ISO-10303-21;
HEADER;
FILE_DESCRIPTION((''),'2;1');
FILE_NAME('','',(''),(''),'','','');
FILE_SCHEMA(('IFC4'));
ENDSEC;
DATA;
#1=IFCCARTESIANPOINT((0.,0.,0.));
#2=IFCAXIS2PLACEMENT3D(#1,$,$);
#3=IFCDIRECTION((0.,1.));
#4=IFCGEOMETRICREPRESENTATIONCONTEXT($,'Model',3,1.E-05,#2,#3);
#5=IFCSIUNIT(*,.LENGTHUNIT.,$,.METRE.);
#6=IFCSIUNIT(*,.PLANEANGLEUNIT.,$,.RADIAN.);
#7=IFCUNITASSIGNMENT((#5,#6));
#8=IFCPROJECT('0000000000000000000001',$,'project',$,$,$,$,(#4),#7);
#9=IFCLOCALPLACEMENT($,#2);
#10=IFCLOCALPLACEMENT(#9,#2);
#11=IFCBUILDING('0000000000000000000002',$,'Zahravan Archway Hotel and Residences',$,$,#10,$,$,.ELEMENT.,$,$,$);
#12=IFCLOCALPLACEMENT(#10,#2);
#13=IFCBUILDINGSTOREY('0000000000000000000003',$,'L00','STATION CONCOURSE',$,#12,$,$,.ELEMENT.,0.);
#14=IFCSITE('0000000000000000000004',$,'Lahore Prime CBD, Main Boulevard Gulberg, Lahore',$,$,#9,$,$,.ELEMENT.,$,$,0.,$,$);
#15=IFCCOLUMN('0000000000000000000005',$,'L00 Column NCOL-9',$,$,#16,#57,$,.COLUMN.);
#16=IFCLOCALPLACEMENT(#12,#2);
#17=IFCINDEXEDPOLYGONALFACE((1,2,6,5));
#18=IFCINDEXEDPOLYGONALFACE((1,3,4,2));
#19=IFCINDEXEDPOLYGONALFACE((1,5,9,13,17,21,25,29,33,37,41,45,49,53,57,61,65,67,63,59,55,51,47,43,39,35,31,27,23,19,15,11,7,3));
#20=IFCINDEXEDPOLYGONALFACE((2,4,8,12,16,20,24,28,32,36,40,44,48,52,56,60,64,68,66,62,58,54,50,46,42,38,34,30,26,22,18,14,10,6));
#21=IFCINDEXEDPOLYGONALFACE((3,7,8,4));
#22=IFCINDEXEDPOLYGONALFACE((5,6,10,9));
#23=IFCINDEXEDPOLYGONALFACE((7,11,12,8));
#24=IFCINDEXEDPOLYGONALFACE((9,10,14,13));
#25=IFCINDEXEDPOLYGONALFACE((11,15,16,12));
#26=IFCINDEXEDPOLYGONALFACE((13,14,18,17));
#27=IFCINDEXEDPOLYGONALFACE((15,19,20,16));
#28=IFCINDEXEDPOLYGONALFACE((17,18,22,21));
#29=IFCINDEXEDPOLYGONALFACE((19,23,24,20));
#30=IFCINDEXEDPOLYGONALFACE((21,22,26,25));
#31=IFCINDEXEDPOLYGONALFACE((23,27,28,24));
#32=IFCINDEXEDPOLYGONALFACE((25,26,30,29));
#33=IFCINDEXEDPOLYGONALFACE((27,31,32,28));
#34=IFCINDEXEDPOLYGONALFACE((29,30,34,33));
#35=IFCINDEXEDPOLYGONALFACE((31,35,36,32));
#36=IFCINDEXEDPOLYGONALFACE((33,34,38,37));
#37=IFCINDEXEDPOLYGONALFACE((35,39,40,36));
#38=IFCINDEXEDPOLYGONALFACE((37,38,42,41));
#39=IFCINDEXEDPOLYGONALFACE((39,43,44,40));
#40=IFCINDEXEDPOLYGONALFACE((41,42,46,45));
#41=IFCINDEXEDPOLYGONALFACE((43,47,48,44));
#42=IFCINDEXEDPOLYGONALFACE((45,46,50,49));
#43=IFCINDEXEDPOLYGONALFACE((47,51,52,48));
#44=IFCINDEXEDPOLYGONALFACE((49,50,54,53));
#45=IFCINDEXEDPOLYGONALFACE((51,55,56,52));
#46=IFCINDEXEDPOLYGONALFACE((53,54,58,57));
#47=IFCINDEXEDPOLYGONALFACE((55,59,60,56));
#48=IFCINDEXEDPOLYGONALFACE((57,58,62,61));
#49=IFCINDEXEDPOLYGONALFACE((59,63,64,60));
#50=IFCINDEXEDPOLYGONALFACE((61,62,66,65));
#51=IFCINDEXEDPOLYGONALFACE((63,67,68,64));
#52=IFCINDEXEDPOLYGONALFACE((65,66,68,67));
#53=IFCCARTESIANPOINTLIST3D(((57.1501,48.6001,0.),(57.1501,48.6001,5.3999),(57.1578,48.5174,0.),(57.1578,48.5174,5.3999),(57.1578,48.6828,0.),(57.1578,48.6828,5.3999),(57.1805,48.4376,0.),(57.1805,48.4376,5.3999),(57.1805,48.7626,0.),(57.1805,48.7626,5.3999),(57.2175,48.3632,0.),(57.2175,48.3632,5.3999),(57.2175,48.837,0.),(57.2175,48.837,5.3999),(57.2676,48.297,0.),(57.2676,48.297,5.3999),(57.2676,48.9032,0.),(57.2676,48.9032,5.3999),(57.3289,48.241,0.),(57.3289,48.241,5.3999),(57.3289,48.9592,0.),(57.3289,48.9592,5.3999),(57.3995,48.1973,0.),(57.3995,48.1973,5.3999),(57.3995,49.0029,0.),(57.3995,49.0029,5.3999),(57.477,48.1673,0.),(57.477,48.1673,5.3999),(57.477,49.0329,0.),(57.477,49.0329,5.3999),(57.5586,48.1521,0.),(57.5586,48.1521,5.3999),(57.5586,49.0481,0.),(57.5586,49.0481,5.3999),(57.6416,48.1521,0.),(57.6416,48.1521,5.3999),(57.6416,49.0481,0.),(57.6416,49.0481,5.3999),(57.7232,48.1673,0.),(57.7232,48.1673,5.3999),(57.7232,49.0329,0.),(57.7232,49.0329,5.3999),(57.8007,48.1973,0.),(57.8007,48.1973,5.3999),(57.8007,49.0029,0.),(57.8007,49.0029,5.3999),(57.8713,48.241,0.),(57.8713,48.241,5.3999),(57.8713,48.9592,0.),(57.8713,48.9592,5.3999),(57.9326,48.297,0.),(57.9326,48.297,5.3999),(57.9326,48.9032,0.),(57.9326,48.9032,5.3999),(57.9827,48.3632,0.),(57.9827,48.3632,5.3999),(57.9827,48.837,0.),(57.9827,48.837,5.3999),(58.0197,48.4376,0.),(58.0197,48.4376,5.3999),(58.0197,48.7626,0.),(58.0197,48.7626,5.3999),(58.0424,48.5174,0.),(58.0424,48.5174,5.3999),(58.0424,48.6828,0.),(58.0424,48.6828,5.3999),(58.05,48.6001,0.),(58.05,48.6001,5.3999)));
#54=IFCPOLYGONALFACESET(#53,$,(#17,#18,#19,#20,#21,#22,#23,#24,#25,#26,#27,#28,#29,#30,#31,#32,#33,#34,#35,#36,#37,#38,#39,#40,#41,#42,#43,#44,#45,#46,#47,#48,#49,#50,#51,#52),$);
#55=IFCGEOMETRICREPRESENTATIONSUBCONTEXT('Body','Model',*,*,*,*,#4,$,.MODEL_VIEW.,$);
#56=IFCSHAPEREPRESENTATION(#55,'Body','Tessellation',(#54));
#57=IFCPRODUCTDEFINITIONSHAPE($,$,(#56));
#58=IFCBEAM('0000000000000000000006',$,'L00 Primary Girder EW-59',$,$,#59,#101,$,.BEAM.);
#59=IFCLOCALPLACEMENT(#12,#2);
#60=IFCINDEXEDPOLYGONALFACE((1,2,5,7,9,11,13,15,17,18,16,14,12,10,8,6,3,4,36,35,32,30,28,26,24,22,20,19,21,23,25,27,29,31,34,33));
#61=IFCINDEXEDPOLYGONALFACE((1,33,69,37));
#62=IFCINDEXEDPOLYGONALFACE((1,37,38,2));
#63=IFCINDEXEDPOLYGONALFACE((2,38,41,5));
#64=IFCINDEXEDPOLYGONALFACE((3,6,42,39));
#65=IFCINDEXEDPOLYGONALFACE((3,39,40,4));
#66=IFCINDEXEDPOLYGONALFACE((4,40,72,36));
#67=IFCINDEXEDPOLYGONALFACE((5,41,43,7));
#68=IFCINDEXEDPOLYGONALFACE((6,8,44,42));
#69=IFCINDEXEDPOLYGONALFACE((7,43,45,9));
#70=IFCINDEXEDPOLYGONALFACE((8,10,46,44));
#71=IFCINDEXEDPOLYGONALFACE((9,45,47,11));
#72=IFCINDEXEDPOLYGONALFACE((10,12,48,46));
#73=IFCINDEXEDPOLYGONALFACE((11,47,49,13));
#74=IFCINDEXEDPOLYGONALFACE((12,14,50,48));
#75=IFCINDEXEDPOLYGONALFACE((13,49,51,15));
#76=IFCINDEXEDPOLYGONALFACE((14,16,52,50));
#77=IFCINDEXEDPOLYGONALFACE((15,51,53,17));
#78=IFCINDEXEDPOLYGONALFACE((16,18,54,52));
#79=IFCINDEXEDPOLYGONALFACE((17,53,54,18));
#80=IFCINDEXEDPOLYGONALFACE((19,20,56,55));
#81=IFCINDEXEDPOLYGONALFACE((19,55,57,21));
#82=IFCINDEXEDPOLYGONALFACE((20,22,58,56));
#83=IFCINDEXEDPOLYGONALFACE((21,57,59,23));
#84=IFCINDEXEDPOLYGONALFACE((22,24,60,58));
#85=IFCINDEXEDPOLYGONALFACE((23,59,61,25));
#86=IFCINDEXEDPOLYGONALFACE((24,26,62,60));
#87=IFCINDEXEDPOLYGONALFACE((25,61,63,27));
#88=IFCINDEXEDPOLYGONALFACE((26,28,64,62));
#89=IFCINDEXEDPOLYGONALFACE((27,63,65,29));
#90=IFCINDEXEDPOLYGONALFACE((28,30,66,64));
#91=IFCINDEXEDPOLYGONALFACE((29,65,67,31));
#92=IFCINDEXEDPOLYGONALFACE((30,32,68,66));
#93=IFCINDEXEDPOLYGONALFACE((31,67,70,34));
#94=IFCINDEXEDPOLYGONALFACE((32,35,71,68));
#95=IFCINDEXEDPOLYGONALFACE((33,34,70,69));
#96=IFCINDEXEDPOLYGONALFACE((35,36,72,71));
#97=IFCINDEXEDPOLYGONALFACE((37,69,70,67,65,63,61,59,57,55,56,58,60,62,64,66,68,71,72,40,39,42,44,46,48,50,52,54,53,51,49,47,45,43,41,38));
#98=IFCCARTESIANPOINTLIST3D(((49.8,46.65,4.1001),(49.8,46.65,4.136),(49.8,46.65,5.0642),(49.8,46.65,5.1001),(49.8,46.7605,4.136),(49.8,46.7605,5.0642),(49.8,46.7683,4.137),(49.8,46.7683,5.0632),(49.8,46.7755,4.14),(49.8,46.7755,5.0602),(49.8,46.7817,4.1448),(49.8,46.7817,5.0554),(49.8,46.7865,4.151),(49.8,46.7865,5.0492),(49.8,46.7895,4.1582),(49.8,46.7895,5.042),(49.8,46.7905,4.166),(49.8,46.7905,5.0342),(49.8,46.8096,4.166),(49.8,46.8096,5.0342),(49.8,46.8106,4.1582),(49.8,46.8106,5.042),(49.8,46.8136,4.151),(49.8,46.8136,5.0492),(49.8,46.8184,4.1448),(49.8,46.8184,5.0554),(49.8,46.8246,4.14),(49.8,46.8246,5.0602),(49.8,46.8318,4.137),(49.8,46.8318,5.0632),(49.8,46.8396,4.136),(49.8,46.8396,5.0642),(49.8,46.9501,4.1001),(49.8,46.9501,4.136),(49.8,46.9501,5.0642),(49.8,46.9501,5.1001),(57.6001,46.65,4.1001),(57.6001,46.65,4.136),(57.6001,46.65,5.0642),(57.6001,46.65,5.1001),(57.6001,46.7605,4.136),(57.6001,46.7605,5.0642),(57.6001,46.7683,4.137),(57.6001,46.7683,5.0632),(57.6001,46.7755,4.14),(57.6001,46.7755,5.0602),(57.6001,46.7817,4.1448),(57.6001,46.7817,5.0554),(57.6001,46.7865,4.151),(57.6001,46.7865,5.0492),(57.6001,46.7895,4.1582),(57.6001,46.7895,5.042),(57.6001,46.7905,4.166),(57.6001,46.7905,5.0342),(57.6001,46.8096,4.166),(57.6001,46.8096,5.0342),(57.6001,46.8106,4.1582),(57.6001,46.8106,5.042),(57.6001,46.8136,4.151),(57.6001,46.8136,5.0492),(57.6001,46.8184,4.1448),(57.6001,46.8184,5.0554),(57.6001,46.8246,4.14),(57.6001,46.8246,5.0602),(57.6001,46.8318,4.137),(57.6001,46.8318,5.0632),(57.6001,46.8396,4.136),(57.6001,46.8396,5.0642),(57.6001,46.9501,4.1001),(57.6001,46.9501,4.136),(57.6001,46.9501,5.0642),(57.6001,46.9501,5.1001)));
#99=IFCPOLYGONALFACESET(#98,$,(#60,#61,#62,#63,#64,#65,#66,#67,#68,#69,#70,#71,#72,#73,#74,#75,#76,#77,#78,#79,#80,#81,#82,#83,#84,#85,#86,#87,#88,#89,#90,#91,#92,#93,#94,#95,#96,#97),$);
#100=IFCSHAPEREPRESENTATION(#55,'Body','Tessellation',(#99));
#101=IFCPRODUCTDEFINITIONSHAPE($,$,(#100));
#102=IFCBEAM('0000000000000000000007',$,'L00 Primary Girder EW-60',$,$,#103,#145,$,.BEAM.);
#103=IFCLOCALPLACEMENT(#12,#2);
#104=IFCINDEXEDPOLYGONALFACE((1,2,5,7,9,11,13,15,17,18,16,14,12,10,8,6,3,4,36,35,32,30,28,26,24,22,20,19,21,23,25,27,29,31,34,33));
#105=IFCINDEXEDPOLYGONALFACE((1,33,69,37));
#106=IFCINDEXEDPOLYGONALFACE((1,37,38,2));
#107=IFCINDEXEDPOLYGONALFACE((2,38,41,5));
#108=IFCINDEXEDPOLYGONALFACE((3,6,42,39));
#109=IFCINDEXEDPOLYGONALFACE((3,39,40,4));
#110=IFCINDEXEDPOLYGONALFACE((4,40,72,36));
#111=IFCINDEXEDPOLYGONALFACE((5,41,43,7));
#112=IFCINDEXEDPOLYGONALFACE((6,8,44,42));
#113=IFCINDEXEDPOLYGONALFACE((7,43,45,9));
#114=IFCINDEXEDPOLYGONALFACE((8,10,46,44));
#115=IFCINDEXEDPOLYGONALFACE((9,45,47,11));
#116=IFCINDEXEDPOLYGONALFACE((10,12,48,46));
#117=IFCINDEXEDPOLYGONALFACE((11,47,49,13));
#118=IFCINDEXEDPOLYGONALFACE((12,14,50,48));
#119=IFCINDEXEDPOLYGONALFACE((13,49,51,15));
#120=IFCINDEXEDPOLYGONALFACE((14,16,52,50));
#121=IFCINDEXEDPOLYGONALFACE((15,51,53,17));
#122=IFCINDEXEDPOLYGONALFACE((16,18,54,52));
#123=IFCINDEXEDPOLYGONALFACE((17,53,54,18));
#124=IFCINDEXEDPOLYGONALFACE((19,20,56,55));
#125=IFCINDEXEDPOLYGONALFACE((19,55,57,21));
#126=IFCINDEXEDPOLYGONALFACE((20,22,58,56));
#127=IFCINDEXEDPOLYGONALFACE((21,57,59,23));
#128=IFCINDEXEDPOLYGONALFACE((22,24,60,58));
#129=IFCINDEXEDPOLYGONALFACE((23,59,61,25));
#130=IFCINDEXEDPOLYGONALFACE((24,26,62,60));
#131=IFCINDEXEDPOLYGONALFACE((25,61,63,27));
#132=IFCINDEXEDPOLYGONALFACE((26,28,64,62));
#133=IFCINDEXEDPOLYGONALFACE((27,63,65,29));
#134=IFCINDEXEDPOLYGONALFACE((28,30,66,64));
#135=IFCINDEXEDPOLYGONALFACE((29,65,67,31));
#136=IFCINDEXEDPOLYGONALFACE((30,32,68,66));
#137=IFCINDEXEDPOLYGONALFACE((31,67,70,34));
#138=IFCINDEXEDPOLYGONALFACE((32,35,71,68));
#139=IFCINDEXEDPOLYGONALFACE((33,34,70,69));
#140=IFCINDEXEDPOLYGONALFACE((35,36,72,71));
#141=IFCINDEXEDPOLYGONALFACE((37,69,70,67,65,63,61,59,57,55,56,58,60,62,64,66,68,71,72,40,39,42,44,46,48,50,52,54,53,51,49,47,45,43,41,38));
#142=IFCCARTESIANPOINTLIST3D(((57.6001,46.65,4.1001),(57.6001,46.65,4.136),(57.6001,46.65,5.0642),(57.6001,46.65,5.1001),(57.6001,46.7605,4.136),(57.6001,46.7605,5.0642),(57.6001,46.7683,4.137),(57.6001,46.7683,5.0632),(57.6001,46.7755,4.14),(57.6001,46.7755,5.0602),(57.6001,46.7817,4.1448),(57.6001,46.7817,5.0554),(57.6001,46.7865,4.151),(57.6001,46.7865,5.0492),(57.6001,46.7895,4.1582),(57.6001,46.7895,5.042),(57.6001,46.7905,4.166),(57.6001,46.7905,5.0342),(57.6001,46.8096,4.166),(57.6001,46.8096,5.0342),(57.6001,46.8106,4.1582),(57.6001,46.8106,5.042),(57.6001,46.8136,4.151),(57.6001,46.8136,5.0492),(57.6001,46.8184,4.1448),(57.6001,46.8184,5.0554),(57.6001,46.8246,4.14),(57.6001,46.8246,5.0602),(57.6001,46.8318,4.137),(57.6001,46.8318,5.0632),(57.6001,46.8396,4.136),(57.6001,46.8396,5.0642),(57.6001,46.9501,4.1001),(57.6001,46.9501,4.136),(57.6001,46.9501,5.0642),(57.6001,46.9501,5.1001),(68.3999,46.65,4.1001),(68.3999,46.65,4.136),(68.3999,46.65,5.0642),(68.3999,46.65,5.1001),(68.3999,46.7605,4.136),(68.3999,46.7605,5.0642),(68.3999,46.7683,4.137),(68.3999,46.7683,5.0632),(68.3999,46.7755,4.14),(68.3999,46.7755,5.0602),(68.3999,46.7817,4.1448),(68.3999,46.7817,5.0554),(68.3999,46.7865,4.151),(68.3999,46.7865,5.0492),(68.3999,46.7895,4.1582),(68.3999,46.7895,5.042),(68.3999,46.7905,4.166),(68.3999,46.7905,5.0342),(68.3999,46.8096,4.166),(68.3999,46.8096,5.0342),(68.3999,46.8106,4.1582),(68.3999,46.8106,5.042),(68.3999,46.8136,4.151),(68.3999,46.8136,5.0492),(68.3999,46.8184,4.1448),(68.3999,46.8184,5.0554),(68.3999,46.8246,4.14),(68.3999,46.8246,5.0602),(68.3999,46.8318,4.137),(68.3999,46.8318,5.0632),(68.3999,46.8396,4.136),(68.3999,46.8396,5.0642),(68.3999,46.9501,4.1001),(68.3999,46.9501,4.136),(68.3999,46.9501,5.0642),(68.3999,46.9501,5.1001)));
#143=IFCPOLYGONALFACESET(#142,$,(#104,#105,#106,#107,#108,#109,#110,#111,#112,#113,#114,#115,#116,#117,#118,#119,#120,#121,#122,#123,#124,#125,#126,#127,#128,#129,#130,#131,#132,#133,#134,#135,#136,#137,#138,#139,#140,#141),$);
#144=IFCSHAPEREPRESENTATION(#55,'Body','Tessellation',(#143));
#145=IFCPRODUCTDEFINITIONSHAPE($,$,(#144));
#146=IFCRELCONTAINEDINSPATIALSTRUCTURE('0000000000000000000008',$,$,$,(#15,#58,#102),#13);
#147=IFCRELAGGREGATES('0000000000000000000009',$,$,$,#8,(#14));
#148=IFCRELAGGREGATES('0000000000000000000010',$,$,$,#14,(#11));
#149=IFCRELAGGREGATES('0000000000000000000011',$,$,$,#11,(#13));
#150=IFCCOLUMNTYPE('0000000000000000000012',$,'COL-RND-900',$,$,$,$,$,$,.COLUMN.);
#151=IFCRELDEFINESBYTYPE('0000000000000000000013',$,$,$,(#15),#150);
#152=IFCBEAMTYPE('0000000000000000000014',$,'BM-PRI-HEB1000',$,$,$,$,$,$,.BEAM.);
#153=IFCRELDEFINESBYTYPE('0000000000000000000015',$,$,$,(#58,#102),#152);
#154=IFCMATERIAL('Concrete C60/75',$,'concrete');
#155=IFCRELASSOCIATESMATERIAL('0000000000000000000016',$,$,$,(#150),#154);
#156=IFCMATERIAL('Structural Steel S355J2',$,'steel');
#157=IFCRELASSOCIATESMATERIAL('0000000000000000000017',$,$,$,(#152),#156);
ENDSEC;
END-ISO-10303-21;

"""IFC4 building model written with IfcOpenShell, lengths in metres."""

from ifc_helpers import new_model, si_unit, direction, frame, origin, origin_2d, place, context, subcontext, project, spatial, circle, i_section, extrude, source, transform, mapped, material, material_profile, profile_set, type_object, type_shapes, element, save


model = new_model("IFC4")

# Units and contexts
model_context = context("Model", 3, precision=1e-05, world=origin(), true_north=direction((0.0, 1.0)))
body_context = subcontext(model_context, "Body", "Model", "MODEL_VIEW")
ifc_project = project(units=[si_unit("LENGTHUNIT", "METRE"), si_unit("PLANEANGLEUNIT", "RADIAN")], contexts=[model_context])

# Site, building, storey
site_placement = place(None, origin())
site = spatial("IfcSite", under=ifc_project, at=site_placement, Name="Lahore Prime CBD, Main Boulevard Gulberg, Lahore", CompositionType="ELEMENT", RefElevation=0.0)
building_placement = place(site_placement, origin())
building = spatial("IfcBuilding", under=site, at=building_placement, Name="Zahravan Archway Hotel and Residences", CompositionType="ELEMENT")
storey_placement = place(building_placement, origin())
storey = spatial("IfcBuildingStorey", under=building, at=storey_placement, Name="L00", Description="STATION CONCOURSE", CompositionType="ELEMENT", Elevation=0.0)

# Column
ifc_material_1 = material(Name="Concrete C60/75", Category="concrete")
ifc_material_profile_1 = material_profile(ifc_material_1, circle(Radius=0.45, at=origin_2d()), Name="RC-CIRC-900", Category="concrete")
ifc_profile_set_1 = profile_set([ifc_material_profile_1], Name="Concrete C60/75")
column_type_1 = type_object("IfcColumnType", Name="COL-RND-900", PredefinedType="COLUMN", material=ifc_profile_set_1)
shared_shape_1 = source(origin(), body_context, "Body", "SweptSolid", [
    extrude(circle(Radius=0.45, at=origin_2d()), origin(), (0.0, 0.0, 1.0), 5.3999),
])
type_shapes(column_type_1, [shared_shape_1])
for number, where, z_axis, x_axis, name in (
    (1, (57.6001, 48.6001, 0.0), (0.0, 0.0, 1.0), (1.0, 0.0, 0.0), "L00 Column NCOL-9"),
):
    element("IfcColumn", number, at=place(storey_placement, frame(where, z_axis=z_axis, x_axis=x_axis)), inside=storey, type_object=column_type_1, Name=name, PredefinedType="COLUMN", context=body_context, shape_type="MappedRepresentation", body=[
        mapped(shared_shape_1, transform((0.0, 0.0, 0.0), scale=1.0)),
    ])

# Beams
ifc_material_2 = material(Name="Structural Steel S355J2", Category="steel")
ifc_material_profile_2 = material_profile(ifc_material_2, i_section(OverallWidth=0.3, OverallDepth=1.0, WebThickness=0.019, FlangeThickness=0.0359, FilletRadius=0.03, at=origin_2d()), Name="HEB 1000", Category="steel")
ifc_profile_set_2 = profile_set([ifc_material_profile_2], Name="Structural Steel S355J2")
beam_type_1 = type_object("IfcBeamType", Name="BM-PRI-HEB1000", PredefinedType="BEAM", material=ifc_profile_set_2)
shared_shape_2 = source(origin(), body_context, "Body", "SweptSolid", [
    extrude(i_section(OverallWidth=0.3, OverallDepth=1.0, WebThickness=0.019, FlangeThickness=0.0359, FilletRadius=0.03, at=origin_2d()), origin(), (0.0, 0.0, 1.0), 7.8),
])
beam_1_placement = place(storey_placement, frame((49.8, 46.8, 4.6001), z_axis=(1.0, 0.0, 0.0), x_axis=(0.0, 1.0, 0.0)))
element("IfcBeam", 2, at=beam_1_placement, inside=storey, type_object=beam_type_1, Name="L00 Primary Girder EW-59", PredefinedType="BEAM", context=body_context, shape_type="MappedRepresentation", body=[
    mapped(shared_shape_2, transform((0.0, 0.0, 0.0), scale=1.0)),
])
shared_shape_3 = source(origin(), body_context, "Body", "SweptSolid", [
    extrude(i_section(OverallWidth=0.3, OverallDepth=1.0, WebThickness=0.019, FlangeThickness=0.0359, FilletRadius=0.03, at=origin_2d()), origin(), (0.0, 0.0, 1.0), 10.7998),
])
beam_2_placement = place(storey_placement, frame((57.6001, 46.8, 4.6001), z_axis=(1.0, 0.0, 0.0), x_axis=(0.0, 1.0, 0.0)))
element("IfcBeam", 3, at=beam_2_placement, inside=storey, type_object=beam_type_1, Name="L00 Primary Girder EW-60", PredefinedType="BEAM", context=body_context, shape_type="MappedRepresentation", body=[
    mapped(shared_shape_3, transform((0.0, 0.0, 0.0), scale=1.0)),
])

save(model, "model.ifc")
